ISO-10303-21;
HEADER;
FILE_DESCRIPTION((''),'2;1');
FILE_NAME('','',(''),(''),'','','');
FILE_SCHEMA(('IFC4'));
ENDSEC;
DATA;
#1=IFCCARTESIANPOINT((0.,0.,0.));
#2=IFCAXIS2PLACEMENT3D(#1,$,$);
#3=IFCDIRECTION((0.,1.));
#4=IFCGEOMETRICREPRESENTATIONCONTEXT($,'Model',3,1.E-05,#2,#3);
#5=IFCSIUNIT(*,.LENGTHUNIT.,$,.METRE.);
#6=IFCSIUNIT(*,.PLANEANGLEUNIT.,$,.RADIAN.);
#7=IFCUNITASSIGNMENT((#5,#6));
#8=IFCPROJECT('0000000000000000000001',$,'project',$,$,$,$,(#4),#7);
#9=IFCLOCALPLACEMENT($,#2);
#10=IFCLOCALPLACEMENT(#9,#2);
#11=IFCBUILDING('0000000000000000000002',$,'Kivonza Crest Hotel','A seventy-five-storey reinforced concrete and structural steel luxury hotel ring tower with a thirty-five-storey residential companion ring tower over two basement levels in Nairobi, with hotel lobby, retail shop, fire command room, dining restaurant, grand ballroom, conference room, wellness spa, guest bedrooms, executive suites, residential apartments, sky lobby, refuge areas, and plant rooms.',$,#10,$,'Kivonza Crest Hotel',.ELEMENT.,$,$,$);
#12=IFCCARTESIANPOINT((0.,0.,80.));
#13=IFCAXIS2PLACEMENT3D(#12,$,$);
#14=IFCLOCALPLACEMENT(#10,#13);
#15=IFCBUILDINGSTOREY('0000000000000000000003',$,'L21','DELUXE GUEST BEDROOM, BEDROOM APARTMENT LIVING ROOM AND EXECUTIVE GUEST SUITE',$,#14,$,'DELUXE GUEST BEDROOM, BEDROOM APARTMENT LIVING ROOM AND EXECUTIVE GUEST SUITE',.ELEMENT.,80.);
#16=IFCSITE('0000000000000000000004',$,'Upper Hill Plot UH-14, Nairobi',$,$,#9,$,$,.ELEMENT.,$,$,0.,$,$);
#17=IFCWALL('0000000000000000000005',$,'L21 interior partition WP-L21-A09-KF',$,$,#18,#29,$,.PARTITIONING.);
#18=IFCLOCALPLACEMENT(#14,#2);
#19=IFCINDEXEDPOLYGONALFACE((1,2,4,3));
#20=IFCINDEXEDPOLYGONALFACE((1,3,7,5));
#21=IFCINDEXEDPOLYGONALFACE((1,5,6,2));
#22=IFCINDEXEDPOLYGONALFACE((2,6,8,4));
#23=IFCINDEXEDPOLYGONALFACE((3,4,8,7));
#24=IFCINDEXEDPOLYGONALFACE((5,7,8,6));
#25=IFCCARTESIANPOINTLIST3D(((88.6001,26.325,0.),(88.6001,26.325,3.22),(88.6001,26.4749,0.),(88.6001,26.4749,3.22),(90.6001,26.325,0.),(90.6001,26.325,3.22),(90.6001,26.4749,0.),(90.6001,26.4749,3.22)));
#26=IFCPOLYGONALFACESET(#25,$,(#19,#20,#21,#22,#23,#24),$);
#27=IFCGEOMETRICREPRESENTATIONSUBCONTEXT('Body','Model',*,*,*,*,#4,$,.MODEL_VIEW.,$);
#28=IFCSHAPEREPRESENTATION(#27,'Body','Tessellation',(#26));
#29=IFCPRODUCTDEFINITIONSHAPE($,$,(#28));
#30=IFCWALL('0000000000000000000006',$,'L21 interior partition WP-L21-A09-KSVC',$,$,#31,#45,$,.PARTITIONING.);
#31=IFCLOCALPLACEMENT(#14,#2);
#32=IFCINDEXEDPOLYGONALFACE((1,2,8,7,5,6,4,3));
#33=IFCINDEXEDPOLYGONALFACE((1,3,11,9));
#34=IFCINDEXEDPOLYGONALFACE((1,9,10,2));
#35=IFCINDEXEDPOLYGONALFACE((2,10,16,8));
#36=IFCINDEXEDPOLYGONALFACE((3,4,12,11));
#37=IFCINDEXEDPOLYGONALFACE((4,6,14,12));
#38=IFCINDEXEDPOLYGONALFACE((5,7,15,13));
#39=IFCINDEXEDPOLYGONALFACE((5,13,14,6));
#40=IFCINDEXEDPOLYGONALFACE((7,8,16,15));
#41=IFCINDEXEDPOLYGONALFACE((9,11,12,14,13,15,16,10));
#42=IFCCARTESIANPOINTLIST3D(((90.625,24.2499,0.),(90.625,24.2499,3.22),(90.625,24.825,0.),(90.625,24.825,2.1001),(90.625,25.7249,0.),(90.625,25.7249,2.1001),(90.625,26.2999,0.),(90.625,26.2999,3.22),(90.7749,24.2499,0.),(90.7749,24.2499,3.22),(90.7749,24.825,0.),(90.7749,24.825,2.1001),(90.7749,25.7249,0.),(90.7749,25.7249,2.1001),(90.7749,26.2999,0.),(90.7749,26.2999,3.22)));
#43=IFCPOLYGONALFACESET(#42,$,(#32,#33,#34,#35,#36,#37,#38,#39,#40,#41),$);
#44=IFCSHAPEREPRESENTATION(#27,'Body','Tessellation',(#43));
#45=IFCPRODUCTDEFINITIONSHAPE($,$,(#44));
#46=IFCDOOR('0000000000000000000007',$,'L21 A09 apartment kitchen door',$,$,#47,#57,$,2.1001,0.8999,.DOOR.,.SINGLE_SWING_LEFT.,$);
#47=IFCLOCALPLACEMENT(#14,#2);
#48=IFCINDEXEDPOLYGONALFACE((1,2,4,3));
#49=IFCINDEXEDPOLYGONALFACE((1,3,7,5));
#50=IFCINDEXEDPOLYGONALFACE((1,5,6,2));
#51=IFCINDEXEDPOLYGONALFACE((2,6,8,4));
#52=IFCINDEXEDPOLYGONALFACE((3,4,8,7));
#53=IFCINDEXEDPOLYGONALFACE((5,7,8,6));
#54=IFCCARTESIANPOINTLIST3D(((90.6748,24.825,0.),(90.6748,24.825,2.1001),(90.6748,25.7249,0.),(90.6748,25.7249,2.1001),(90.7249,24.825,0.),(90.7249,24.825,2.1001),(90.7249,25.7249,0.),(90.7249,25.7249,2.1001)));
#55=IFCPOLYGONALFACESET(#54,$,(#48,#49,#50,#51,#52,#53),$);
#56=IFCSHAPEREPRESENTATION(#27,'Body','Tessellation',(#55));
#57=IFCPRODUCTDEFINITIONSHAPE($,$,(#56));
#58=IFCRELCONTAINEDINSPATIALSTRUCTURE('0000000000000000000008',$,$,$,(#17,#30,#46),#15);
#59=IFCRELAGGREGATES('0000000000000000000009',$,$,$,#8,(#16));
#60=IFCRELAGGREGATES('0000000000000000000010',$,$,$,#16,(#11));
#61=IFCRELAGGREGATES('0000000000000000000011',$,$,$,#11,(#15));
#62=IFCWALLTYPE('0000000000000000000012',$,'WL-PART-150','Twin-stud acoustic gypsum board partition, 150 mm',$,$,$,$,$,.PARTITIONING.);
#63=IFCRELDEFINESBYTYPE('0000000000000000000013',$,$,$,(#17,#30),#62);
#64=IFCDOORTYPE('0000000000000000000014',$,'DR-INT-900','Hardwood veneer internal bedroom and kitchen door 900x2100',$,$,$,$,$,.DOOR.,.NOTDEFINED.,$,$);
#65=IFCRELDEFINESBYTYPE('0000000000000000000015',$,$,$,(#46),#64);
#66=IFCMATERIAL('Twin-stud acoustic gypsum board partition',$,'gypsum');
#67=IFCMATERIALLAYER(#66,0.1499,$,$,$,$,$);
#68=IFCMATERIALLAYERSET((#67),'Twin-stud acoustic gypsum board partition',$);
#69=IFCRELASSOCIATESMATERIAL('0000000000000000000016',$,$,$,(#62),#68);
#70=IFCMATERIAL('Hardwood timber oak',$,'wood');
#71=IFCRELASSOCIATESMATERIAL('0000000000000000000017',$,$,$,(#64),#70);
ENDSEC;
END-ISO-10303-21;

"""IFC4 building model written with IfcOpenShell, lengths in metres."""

from ifc_helpers import new_model, si_unit, direction, frame, frame_2d, origin, place, context, subcontext, project, spatial, rectangle, extrude, material, layer, layer_set, type_object, element, fill, save


model = new_model("IFC4")

# Units and contexts
model_context = context("Model", 3, precision=1e-05, world=origin(), true_north=direction((0.0, 1.0)))
body_context = subcontext(model_context, "Body", "Model", "MODEL_VIEW")
ifc_project = project(units=[si_unit("LENGTHUNIT", "METRE"), si_unit("PLANEANGLEUNIT", "RADIAN")], contexts=[model_context])

# Site, building, storey
site_placement = place(None, origin())
site = spatial("IfcSite", under=ifc_project, at=site_placement, Name="Upper Hill Plot UH-14, Nairobi", CompositionType="ELEMENT", RefElevation=0.0)
building_placement = place(site_placement, origin())
building = spatial("IfcBuilding", under=site, at=building_placement, Name="Kivonza Crest Hotel", Description="A seventy-five-storey reinforced concrete and structural steel luxury hotel ring tower with a thirty-five-storey residential companion ring tower over two basement levels in Nairobi, with hotel lobby, retail shop, fire command room, dining restaurant, grand ballroom, conference room, wellness spa, guest bedrooms, executive suites, residential apartments, sky lobby, refuge areas, and plant rooms.", LongName="Kivonza Crest Hotel", CompositionType="ELEMENT")
storey_placement = place(building_placement, frame((0.0, 0.0, 80.0)))
storey = spatial("IfcBuildingStorey", under=building, at=storey_placement, Name="L21", Description="DELUXE GUEST BEDROOM, BEDROOM APARTMENT LIVING ROOM AND EXECUTIVE GUEST SUITE", LongName="DELUXE GUEST BEDROOM, BEDROOM APARTMENT LIVING ROOM AND EXECUTIVE GUEST SUITE", CompositionType="ELEMENT", Elevation=80.0)

# Shared definitions
ifc_material_1 = material(Name="Hardwood timber oak", Category="wood")

# Shared definitions
ifc_material_2 = material(Name="Twin-stud acoustic gypsum board partition", Category="gypsum")
ifc_layer_1 = layer(ifc_material_2, 0.1499)
ifc_layer_set_1 = layer_set([ifc_layer_1], Name="Twin-stud acoustic gypsum board partition")
wall_type_1 = type_object("IfcWallType", Name="WL-PART-150", Description="Twin-stud acoustic gypsum board partition, 150 mm", PredefinedType="PARTITIONING", material=ifc_layer_set_1)
door_type_1 = type_object("IfcDoorType", Name="DR-INT-900", Description="Hardwood veneer internal bedroom and kitchen door 900x2100", OperationType="NOTDEFINED", PredefinedType="DOOR", material=ifc_material_1)

# Wall
wall_1_placement = place(storey_placement, frame((88.6001, 26.3999, 0.0), z_axis=(0.0, 0.0, 1.0), x_axis=(1.0, 0.0, 0.0)))
element("IfcWall", 1, at=wall_1_placement, inside=storey, type_object=wall_type_1, Name="L21 interior partition WP-L21-A09-KF", PredefinedType="PARTITIONING", context=body_context, shape_type="SweptSolid", body=[
    extrude(rectangle(XDim=2.0, YDim=0.1499, at=frame_2d((1.0, 0.0))), origin(), (0.0, 0.0, 1.0), 3.22),
])

# Wall, opening, door
wall_2_placement = place(storey_placement, frame((90.7, 24.25, 0.0), z_axis=(0.0, 0.0, 1.0), x_axis=(0.0, 1.0, 0.0)))
wall_2 = element("IfcWall", 2, at=wall_2_placement, inside=storey, type_object=wall_type_1, Name="L21 interior partition WP-L21-A09-KSVC", PredefinedType="PARTITIONING", context=body_context, shape_type="SweptSolid", body=[
    extrude(rectangle(XDim=2.05, YDim=0.1499, at=frame_2d((1.0249, 0.0))), origin(), (0.0, 0.0, 1.0), 3.22),
])
opening_1_placement = place(wall_2_placement, frame((0.575, 0.0, 0.0)))
opening_1 = element("IfcOpeningElement", 3, at=opening_1_placement, cuts=wall_2, PredefinedType="OPENING", context=body_context, shape_type="SweptSolid", body=[
    extrude(rectangle(XDim=0.8999, YDim=2.1001, at=frame_2d((0.45, 1.05))), frame((0.0, 0.085, 0.0), z_axis=(0.0, -1.0, 0.0), x_axis=(1.0, 0.0, 0.0)), (0.0, 0.0, 1.0), 0.1699),
])
door_1_placement = place(opening_1_placement, frame((0.8999, 0.0, 0.0), z_axis=(0.0, 0.0, 1.0), x_axis=(-1.0, 0.0, 0.0)))
door_1 = element("IfcDoor", 4, at=door_1_placement, inside=storey, type_object=door_type_1, Name="L21 A09 apartment kitchen door", OperationType="SINGLE_SWING_LEFT", OverallHeight=2.1001, OverallWidth=0.8999, PredefinedType="DOOR", context=body_context, shape_type="SweptSolid", body=[
    extrude(rectangle(XDim=0.8999, YDim=2.1001, at=frame_2d((0.45, 1.05))), frame((0.0, 0.0249, 0.0), z_axis=(0.0, -1.0, 0.0), x_axis=(1.0, 0.0, 0.0)), (0.0, 0.0, 1.0), 0.05),
])
fill(opening_1, door_1)

save(model, "model.ifc")
